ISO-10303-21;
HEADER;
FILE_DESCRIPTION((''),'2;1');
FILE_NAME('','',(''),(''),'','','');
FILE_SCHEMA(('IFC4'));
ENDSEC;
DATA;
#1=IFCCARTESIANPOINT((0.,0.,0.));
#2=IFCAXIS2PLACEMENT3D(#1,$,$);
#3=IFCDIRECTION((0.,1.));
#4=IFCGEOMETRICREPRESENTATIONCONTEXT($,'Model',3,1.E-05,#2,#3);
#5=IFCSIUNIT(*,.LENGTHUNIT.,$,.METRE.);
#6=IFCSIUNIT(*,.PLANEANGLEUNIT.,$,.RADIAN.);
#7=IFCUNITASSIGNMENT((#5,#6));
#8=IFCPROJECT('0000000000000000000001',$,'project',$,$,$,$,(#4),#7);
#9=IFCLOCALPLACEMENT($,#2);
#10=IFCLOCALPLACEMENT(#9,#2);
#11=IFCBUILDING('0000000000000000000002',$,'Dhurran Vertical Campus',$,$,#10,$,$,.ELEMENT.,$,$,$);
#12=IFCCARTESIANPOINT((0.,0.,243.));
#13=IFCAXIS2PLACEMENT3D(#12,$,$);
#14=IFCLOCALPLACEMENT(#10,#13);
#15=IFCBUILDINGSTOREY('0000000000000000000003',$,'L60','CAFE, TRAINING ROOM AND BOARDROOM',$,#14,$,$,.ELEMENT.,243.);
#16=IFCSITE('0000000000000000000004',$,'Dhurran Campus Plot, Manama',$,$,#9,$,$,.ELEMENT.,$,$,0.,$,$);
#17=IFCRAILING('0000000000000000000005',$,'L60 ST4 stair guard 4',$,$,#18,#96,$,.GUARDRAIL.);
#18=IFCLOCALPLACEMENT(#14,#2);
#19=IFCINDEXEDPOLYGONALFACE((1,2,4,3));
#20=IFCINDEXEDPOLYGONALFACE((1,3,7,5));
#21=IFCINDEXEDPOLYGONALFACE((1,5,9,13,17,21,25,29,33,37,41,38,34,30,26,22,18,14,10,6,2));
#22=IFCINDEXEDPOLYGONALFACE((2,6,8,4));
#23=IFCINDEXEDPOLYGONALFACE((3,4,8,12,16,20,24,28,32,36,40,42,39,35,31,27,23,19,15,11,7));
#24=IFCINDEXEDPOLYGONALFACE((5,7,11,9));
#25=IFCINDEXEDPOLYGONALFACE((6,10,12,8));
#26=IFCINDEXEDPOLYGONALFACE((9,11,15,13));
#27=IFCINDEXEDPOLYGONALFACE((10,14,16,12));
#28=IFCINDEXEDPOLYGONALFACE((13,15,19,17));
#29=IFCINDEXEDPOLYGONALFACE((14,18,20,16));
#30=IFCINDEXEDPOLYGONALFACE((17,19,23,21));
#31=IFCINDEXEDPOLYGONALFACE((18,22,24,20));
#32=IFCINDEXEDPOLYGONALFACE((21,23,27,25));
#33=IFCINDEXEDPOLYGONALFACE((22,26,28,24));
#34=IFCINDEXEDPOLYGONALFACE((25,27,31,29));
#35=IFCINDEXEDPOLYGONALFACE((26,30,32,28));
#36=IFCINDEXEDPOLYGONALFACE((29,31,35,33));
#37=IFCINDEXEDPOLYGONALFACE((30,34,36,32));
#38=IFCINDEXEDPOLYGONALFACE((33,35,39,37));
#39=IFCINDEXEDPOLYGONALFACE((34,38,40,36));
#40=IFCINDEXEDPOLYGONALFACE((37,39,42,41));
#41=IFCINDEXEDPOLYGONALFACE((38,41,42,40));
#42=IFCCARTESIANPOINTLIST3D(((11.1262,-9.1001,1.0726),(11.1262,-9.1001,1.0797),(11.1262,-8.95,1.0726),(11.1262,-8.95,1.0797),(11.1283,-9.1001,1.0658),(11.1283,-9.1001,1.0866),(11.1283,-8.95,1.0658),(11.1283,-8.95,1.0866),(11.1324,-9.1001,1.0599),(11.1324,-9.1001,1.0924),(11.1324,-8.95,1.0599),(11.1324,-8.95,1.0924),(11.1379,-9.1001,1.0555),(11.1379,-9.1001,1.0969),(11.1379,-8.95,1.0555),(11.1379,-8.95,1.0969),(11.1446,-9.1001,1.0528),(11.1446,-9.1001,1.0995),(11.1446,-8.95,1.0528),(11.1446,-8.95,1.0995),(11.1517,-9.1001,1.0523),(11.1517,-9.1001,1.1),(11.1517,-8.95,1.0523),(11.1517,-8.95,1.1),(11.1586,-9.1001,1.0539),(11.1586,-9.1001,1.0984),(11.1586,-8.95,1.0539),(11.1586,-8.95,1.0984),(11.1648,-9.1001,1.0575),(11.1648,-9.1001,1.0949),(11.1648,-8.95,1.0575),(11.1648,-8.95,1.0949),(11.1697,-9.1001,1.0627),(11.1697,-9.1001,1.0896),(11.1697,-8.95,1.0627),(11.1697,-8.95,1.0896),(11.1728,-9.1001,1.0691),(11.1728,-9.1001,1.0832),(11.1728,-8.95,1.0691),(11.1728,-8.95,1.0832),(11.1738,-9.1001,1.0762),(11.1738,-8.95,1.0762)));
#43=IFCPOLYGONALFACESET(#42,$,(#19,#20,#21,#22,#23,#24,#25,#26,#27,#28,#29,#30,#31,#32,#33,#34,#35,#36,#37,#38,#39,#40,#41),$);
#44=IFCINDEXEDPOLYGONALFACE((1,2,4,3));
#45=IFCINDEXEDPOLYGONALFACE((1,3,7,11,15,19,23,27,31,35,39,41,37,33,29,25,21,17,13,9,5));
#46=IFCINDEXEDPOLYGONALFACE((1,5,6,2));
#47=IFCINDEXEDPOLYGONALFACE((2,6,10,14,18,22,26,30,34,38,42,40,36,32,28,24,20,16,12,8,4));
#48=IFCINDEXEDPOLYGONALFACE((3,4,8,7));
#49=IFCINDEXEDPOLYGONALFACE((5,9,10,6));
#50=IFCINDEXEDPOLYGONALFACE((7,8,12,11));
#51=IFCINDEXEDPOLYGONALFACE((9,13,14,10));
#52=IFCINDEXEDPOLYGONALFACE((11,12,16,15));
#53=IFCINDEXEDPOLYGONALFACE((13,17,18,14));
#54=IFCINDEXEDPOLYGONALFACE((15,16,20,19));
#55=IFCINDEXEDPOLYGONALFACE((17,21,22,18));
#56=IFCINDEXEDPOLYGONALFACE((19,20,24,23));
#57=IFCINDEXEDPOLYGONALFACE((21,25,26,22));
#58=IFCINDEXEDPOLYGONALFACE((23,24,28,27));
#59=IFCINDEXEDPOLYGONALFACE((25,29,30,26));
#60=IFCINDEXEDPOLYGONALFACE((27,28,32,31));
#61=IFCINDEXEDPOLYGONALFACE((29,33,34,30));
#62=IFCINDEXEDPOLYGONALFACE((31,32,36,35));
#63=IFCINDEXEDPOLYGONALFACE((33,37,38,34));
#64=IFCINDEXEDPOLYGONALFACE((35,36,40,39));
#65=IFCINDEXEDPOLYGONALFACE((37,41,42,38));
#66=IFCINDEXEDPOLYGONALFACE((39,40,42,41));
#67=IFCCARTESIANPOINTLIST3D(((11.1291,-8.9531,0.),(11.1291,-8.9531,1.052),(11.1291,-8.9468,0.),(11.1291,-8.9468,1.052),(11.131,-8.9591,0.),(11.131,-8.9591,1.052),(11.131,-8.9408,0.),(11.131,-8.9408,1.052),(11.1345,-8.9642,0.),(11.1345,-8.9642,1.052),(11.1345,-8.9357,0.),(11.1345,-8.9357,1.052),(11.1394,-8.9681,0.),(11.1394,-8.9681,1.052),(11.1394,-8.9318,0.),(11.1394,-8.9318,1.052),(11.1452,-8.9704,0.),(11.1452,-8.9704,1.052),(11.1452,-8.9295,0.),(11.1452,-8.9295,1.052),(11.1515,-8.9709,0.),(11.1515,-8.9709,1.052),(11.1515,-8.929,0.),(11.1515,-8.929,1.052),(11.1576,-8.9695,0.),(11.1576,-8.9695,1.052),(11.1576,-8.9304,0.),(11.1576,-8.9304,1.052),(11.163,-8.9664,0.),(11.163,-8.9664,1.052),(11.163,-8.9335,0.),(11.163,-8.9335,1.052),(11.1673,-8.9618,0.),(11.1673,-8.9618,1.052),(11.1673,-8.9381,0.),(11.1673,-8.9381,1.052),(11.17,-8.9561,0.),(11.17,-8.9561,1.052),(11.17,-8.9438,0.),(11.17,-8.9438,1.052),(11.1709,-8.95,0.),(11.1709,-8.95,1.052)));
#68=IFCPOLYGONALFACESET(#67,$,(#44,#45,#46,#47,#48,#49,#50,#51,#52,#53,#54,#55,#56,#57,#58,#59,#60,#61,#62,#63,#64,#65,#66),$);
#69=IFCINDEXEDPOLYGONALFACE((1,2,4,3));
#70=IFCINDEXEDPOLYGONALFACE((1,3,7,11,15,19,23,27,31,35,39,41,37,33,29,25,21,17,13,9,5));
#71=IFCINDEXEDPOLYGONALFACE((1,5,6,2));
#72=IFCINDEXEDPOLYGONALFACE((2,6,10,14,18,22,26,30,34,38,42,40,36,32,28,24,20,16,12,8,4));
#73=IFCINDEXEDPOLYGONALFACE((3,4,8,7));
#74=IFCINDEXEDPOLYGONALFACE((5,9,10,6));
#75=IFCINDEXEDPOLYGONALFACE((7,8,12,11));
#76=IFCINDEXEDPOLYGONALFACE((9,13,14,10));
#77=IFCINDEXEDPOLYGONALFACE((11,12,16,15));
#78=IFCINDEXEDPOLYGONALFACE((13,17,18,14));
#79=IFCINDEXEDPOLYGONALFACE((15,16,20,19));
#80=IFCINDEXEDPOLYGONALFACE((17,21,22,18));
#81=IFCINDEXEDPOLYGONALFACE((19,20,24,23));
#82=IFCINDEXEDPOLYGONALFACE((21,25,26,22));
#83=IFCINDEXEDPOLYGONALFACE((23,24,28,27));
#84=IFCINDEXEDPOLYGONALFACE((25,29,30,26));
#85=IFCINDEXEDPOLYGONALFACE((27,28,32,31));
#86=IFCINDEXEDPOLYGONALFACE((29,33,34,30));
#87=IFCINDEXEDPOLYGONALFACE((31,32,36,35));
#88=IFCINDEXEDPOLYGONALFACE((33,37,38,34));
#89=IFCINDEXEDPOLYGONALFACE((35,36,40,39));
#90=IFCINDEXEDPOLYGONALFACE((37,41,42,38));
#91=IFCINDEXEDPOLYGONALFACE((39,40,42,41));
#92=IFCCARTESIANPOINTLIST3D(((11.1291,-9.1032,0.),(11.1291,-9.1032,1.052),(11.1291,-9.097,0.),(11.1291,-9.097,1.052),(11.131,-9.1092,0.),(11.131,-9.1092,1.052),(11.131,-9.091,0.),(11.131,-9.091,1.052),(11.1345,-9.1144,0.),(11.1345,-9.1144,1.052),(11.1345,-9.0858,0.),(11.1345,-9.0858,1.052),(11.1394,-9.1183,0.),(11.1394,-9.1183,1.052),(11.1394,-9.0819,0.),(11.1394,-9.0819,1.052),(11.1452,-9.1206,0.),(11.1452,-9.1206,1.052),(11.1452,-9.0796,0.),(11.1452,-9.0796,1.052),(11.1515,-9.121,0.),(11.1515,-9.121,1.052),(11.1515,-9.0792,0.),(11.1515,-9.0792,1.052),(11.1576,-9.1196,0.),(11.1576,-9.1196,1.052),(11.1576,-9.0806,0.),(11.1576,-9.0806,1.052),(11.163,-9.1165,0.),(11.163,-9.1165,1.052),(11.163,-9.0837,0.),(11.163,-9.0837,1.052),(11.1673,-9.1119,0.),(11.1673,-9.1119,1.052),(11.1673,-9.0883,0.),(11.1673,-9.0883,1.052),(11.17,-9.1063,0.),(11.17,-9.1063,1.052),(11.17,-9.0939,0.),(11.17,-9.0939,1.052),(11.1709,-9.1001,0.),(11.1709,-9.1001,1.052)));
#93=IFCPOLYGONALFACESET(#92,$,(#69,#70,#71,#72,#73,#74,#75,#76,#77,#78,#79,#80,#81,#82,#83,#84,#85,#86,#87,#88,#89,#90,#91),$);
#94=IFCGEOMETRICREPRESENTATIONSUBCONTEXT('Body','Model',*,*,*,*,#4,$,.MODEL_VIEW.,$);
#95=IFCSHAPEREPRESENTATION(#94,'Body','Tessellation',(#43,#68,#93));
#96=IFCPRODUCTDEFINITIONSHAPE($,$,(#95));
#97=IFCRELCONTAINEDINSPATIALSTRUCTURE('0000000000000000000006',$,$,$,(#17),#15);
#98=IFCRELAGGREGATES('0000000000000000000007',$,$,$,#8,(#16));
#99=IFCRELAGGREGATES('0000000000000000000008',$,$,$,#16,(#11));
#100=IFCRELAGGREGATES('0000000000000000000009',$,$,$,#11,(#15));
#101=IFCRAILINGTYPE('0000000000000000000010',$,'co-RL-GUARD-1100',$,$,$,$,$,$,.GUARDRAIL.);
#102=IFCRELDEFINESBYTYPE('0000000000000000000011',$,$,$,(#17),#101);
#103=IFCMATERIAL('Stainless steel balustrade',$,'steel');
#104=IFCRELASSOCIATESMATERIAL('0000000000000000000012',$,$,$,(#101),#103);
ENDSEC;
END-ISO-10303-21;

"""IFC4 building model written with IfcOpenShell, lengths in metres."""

from ifc_helpers import new_model, si_unit, direction, frame, origin, origin_2d, place, context, subcontext, project, spatial, circle, extrude, material, type_object, element, save


model = new_model("IFC4")

# Units and contexts
model_context = context("Model", 3, precision=1e-05, world=origin(), true_north=direction((0.0, 1.0)))
body_context = subcontext(model_context, "Body", "Model", "MODEL_VIEW")
ifc_project = project(units=[si_unit("LENGTHUNIT", "METRE"), si_unit("PLANEANGLEUNIT", "RADIAN")], contexts=[model_context])

# Site, building, storey
site_placement = place(None, origin())
site = spatial("IfcSite", under=ifc_project, at=site_placement, Name="Dhurran Campus Plot, Manama", CompositionType="ELEMENT", RefElevation=0.0)
building_placement = place(site_placement, origin())
building = spatial("IfcBuilding", under=site, at=building_placement, Name="Dhurran Vertical Campus", CompositionType="ELEMENT")
storey_placement = place(building_placement, frame((0.0, 0.0, 243.0)))
storey = spatial("IfcBuildingStorey", under=building, at=storey_placement, Name="L60", Description="CAFE, TRAINING ROOM AND BOARDROOM", CompositionType="ELEMENT", Elevation=243.0)

# Railing
ifc_material_1 = material(Name="Stainless steel balustrade", Category="steel")
railing_type_1 = type_object("IfcRailingType", Name="co-RL-GUARD-1100", PredefinedType="GUARDRAIL", material=ifc_material_1)
railing_1_placement = place(storey_placement, frame((11.1499, -8.95, 0.0)))
element("IfcRailing", 1, at=railing_1_placement, inside=storey, type_object=railing_type_1, Name="L60 ST4 stair guard 4", PredefinedType="GUARDRAIL", context=body_context, shape_type="SweptSolid", body=[
    extrude(circle(Radius=0.0239, at=origin_2d()), frame((0.0, 0.0, 1.0762), z_axis=(0.0, -1.0, 0.0), x_axis=(1.0, 0.0, 0.0)), (0.0, 0.0, 1.0), 0.1501),
    extrude(circle(Radius=0.021, at=origin_2d()), origin(), (0.0, 0.0, 1.0), 1.052),
    extrude(circle(Radius=0.021, at=origin_2d()), frame((0.0, -0.1501, 0.0)), (0.0, 0.0, 1.0), 1.052),
])

save(model, "model.ifc")
